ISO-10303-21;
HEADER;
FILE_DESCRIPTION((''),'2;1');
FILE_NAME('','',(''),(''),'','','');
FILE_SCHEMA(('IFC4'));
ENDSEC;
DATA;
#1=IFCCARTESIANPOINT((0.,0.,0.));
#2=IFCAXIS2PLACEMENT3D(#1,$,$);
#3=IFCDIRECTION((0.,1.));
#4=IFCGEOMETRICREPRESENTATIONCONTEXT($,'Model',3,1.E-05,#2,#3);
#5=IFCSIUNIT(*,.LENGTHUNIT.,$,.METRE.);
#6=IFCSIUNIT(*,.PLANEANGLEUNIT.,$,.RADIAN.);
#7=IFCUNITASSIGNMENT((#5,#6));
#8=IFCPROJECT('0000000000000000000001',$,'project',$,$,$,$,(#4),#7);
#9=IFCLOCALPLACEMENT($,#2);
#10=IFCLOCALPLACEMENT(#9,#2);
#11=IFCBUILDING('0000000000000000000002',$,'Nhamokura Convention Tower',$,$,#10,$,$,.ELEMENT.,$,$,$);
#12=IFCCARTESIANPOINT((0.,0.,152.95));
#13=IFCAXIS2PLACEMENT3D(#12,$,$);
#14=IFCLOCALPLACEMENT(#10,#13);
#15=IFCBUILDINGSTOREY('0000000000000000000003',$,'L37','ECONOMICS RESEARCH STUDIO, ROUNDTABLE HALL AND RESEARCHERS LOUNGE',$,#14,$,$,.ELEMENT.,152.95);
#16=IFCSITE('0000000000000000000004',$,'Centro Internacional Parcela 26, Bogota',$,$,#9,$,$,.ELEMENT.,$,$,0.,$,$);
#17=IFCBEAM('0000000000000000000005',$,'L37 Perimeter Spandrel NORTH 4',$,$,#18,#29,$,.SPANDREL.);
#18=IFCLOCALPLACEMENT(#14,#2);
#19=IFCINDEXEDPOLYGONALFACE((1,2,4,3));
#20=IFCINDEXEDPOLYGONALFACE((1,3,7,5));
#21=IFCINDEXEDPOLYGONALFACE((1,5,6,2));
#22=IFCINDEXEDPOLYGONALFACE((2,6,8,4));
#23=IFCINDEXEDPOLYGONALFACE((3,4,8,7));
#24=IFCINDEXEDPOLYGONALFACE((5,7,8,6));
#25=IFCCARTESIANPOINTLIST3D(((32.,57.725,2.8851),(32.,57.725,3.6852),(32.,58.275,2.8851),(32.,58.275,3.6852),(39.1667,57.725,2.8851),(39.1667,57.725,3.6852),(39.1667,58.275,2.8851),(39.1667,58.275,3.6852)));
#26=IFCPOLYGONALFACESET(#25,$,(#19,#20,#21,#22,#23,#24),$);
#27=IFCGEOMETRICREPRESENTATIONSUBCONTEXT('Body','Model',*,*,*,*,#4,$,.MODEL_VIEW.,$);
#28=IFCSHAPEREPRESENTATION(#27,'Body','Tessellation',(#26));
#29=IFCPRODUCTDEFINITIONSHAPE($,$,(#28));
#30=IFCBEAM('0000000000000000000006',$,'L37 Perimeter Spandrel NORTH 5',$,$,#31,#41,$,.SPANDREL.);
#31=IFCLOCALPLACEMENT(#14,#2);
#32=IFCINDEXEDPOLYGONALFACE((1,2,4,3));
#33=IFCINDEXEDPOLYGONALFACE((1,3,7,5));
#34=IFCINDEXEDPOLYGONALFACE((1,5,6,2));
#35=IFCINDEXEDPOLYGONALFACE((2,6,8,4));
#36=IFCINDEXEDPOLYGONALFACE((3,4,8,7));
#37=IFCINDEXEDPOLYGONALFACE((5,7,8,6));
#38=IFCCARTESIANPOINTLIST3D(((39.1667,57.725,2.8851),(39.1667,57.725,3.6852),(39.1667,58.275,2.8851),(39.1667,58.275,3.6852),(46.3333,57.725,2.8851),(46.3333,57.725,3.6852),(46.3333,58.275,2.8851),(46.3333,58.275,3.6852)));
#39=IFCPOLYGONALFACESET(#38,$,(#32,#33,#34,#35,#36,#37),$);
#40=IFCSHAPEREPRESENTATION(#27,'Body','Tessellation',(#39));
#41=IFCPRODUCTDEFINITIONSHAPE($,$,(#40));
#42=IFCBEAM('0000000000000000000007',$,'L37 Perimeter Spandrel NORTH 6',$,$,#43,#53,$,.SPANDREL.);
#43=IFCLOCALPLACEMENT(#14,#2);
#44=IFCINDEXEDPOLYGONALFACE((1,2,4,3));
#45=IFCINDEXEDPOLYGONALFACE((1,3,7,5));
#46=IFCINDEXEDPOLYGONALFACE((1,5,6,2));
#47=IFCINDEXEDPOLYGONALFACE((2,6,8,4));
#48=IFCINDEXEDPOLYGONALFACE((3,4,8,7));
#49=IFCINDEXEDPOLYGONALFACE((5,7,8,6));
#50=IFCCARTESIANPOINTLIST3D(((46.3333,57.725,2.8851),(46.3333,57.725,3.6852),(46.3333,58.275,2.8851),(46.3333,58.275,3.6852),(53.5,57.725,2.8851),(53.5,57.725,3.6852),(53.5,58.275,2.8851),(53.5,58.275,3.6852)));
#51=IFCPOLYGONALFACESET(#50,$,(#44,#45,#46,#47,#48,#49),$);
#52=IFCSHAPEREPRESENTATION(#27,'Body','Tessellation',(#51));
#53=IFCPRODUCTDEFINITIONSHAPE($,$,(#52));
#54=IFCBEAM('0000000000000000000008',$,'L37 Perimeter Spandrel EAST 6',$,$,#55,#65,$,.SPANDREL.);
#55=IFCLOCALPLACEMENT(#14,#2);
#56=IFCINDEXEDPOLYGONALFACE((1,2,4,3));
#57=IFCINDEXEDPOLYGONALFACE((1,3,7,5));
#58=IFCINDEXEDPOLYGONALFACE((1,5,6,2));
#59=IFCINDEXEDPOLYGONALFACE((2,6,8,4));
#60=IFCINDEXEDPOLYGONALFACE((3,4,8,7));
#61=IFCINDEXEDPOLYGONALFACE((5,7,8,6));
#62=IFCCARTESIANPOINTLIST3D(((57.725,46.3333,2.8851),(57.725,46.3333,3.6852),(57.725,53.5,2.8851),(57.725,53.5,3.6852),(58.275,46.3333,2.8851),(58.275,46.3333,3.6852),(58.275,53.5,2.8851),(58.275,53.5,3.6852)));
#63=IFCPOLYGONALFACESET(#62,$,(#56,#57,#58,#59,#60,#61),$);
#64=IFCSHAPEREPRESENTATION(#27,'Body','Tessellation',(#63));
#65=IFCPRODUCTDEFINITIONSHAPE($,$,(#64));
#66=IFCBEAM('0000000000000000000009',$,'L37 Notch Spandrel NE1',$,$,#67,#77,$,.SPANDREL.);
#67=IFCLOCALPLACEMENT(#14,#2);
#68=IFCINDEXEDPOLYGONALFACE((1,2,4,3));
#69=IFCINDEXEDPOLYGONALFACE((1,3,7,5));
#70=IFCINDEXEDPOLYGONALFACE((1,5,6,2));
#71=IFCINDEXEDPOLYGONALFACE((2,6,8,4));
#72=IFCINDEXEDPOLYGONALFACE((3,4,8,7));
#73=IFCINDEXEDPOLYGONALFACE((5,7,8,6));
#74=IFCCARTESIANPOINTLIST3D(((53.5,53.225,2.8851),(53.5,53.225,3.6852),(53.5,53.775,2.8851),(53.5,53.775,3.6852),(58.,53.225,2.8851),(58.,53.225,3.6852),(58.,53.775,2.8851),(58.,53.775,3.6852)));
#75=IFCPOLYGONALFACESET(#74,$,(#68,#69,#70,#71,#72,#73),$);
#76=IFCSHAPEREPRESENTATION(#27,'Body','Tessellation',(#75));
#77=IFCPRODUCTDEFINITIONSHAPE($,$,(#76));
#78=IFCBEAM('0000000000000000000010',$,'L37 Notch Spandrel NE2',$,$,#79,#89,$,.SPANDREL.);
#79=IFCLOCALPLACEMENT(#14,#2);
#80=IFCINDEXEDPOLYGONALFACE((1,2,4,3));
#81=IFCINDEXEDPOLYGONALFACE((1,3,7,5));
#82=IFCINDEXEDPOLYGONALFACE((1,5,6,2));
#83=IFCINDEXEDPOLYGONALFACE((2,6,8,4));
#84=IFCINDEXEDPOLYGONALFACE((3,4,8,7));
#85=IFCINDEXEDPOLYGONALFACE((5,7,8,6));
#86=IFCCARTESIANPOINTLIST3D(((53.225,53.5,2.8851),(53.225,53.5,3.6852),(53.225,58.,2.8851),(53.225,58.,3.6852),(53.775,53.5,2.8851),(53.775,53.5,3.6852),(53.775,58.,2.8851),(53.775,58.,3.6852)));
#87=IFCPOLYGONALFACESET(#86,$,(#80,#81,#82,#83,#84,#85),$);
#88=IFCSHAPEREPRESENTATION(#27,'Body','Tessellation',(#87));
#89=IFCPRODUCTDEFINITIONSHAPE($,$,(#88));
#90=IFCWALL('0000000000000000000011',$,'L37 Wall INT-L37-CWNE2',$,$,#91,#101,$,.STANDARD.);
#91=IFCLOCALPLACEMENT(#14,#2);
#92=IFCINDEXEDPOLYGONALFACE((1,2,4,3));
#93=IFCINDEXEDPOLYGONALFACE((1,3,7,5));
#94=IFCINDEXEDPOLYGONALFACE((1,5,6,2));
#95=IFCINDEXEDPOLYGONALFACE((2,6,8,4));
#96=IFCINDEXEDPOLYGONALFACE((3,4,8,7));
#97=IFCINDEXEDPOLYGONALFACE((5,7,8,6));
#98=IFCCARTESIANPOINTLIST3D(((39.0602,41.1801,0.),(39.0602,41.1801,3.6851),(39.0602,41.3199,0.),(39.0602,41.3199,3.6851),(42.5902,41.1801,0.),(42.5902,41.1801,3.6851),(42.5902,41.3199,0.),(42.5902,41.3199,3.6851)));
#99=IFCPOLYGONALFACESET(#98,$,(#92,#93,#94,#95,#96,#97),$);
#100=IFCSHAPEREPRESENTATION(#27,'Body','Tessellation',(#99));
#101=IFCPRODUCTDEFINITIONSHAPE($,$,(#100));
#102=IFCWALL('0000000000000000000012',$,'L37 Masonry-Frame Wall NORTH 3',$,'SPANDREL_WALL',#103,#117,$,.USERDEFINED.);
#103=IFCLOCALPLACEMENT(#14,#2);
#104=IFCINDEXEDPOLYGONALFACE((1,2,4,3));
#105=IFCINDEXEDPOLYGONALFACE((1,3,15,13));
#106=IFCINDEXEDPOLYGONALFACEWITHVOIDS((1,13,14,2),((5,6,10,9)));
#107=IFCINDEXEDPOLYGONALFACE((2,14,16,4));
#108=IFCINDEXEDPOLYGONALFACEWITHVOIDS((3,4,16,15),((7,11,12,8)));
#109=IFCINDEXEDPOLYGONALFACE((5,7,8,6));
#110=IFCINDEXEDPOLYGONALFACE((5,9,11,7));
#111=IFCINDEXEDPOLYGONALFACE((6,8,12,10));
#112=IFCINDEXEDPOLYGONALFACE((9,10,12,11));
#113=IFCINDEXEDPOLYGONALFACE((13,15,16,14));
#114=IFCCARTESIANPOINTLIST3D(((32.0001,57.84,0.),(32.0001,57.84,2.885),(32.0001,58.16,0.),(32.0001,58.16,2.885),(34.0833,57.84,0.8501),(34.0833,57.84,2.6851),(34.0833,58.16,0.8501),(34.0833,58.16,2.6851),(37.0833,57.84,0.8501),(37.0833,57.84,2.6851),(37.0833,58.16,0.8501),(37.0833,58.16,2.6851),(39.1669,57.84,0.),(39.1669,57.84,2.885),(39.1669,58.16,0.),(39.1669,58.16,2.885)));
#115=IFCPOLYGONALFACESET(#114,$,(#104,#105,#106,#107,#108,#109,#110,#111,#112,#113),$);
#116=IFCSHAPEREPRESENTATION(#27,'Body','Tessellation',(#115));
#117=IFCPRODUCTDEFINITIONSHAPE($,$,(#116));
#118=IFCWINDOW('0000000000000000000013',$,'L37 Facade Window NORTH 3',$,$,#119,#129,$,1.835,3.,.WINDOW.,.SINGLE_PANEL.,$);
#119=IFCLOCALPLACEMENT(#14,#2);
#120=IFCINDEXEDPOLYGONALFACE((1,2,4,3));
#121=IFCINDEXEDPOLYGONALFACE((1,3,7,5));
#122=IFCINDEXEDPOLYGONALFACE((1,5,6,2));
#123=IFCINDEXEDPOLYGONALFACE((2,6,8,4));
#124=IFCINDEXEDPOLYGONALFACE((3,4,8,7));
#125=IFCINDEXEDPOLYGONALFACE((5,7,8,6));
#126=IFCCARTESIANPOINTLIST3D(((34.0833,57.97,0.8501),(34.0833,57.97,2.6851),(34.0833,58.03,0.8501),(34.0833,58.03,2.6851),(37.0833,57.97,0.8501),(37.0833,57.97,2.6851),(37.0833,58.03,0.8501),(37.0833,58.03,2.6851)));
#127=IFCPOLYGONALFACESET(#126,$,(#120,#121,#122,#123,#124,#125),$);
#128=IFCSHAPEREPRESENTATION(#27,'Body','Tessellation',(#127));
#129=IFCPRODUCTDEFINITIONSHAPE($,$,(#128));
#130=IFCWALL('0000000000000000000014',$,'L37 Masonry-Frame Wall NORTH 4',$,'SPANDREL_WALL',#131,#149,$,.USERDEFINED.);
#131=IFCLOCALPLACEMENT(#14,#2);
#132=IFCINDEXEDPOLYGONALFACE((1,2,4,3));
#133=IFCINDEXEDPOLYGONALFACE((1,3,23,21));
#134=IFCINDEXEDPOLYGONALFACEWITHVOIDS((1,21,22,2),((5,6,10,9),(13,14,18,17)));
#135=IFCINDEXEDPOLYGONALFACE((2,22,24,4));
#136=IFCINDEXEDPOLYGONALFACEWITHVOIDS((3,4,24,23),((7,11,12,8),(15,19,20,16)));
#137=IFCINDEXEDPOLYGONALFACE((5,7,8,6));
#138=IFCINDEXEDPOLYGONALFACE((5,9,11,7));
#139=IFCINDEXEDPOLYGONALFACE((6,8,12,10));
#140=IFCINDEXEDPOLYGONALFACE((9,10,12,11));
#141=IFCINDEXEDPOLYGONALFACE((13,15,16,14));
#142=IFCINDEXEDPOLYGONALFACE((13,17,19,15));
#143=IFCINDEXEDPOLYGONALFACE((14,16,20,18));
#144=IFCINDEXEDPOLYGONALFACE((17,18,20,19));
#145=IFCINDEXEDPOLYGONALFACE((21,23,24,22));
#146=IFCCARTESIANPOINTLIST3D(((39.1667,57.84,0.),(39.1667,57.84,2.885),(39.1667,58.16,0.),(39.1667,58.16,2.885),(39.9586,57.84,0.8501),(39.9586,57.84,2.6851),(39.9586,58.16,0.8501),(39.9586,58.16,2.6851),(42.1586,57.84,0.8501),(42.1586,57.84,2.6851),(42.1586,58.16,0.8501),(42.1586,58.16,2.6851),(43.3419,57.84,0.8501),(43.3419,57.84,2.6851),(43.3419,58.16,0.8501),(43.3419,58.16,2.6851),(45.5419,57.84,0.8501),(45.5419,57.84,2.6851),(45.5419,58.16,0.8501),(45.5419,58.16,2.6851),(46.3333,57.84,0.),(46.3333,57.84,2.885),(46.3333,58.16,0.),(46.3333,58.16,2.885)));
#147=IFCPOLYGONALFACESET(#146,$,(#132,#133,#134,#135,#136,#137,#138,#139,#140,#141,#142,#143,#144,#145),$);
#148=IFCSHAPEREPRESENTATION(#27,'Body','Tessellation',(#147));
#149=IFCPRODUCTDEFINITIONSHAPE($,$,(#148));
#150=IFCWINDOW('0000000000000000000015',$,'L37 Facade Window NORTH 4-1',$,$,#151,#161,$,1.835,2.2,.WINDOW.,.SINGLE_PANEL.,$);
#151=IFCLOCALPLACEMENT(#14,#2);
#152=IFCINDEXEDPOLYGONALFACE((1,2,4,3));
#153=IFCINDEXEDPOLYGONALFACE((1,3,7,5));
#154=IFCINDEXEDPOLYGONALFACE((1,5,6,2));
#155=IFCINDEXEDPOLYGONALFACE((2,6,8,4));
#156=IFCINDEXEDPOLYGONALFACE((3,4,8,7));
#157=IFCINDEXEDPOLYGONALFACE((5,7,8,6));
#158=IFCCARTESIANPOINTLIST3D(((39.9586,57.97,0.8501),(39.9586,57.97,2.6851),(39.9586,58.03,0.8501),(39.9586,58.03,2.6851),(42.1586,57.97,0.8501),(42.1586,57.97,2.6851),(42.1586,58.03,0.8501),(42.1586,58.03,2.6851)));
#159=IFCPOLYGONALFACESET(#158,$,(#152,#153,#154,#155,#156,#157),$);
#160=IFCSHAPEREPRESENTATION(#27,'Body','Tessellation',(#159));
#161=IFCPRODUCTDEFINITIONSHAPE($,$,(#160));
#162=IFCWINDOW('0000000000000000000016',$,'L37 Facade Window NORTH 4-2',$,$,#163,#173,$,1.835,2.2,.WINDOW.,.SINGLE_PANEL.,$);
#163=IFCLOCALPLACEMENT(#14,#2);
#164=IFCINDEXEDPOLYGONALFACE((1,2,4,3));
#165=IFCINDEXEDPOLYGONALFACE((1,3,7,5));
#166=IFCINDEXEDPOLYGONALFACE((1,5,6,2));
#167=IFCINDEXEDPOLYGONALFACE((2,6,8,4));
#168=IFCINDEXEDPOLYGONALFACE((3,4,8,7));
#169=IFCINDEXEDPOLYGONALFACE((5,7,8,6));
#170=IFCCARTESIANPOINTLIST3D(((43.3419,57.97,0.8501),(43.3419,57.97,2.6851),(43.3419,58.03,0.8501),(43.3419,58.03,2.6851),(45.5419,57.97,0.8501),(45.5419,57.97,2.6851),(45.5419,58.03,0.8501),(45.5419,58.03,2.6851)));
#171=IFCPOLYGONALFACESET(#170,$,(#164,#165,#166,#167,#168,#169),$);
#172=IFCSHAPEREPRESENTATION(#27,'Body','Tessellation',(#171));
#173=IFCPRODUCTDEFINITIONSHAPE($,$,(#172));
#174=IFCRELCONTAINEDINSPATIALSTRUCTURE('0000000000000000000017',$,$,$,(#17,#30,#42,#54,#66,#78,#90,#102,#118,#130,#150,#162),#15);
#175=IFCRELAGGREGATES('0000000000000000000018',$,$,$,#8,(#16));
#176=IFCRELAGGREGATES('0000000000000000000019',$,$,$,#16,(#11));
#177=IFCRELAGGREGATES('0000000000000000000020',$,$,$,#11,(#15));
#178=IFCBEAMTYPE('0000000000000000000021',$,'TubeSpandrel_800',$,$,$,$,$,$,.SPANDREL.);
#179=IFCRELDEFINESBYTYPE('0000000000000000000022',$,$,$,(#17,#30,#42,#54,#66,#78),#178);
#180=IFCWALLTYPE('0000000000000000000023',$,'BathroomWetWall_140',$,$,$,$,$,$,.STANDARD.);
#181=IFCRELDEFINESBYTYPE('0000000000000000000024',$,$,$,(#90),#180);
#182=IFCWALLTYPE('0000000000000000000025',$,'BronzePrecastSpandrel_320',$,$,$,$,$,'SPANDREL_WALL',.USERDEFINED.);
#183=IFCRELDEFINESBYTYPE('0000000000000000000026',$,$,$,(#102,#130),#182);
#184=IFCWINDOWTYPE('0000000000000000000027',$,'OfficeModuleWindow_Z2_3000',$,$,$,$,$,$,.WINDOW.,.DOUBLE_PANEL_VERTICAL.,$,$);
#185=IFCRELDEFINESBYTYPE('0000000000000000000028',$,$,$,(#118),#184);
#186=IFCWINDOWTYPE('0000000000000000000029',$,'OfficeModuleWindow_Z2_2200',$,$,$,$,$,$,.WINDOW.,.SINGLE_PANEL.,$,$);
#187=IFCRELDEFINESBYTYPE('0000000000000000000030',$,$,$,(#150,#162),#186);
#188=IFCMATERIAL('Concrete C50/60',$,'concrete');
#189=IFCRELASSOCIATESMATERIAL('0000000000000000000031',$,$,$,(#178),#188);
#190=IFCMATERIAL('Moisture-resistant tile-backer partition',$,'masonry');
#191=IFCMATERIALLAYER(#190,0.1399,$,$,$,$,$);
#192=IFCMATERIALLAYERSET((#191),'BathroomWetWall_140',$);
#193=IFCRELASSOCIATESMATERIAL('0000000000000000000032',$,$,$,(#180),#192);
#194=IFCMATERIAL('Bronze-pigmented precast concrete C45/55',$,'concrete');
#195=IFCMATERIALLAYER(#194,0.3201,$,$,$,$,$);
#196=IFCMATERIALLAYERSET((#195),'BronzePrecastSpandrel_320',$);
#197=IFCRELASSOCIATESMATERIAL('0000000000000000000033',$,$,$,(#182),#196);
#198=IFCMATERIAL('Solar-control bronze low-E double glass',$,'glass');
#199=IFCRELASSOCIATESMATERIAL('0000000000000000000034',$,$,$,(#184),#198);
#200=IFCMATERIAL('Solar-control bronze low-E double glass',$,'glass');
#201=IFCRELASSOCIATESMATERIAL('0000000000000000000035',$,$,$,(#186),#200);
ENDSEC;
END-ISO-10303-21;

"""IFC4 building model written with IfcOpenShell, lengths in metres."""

from ifc_helpers import new_model, si_unit, direction, frame, frame_2d, origin, origin_2d, place, context, subcontext, project, spatial, rectangle, extrude, material, layer, layer_set, material_profile, profile_set, type_object, element, fill, save


model = new_model("IFC4")

# Units and contexts
model_context = context("Model", 3, precision=1e-05, world=origin(), true_north=direction((0.0, 1.0)))
body_context = subcontext(model_context, "Body", "Model", "MODEL_VIEW")
ifc_project = project(units=[si_unit("LENGTHUNIT", "METRE"), si_unit("PLANEANGLEUNIT", "RADIAN")], contexts=[model_context])

# Site, building, storey
site_placement = place(None, origin())
site = spatial("IfcSite", under=ifc_project, at=site_placement, Name="Centro Internacional Parcela 26, Bogota", CompositionType="ELEMENT", RefElevation=0.0)
building_placement = place(site_placement, origin())
building = spatial("IfcBuilding", under=site, at=building_placement, Name="Nhamokura Convention Tower", CompositionType="ELEMENT")
storey_placement = place(building_placement, frame((0.0, 0.0, 152.95)))
storey = spatial("IfcBuildingStorey", under=building, at=storey_placement, Name="L37", Description="ECONOMICS RESEARCH STUDIO, ROUNDTABLE HALL AND RESEARCHERS LOUNGE", CompositionType="ELEMENT", Elevation=152.95)

# Beams
ifc_material_1 = material(Name="Concrete C50/60", Category="concrete")
ifc_material_profile_1 = material_profile(ifc_material_1, rectangle(XDim=0.55, YDim=0.8, at=origin_2d()))
ifc_profile_set_1 = profile_set([ifc_material_profile_1], Name="Concrete C50/60")
beam_type_1 = type_object("IfcBeamType", Name="TubeSpandrel_800", PredefinedType="SPANDREL", material=ifc_profile_set_1)
beam_1_placement = place(storey_placement, frame((32.0, 58.0, 3.2852), z_axis=(1.0, 0.0, 0.0), x_axis=(0.0, 1.0, 0.0)))
element("IfcBeam", 1, at=beam_1_placement, inside=storey, type_object=beam_type_1, Name="L37 Perimeter Spandrel NORTH 4", PredefinedType="SPANDREL", context=body_context, shape_type="SweptSolid", body=[
    extrude(rectangle(XDim=0.55, YDim=0.8, at=origin_2d()), origin(), (0.0, 0.0, 1.0), 7.1667),
])
beam_2_placement = place(storey_placement, frame((39.1667, 58.0, 3.2852), z_axis=(1.0, 0.0, 0.0), x_axis=(0.0, 1.0, 0.0)))
element("IfcBeam", 2, at=beam_2_placement, inside=storey, type_object=beam_type_1, Name="L37 Perimeter Spandrel NORTH 5", PredefinedType="SPANDREL", context=body_context, shape_type="SweptSolid", body=[
    extrude(rectangle(XDim=0.55, YDim=0.8, at=origin_2d()), origin(), (0.0, 0.0, 1.0), 7.1665),
])
for number, where, z_axis, x_axis, name in (
    (3, (46.3333, 58.0, 3.2852), (1.0, 0.0, 0.0), (0.0, 1.0, 0.0), "L37 Perimeter Spandrel NORTH 6"),
    (4, (58.0, 46.3333, 3.2852), (0.0, 1.0, 0.0), (-1.0, 0.0, 0.0), "L37 Perimeter Spandrel EAST 6"),
):
    element("IfcBeam", number, at=place(storey_placement, frame(where, z_axis=z_axis, x_axis=x_axis)), inside=storey, type_object=beam_type_1, Name=name, PredefinedType="SPANDREL", context=body_context, shape_type="SweptSolid", body=[
        extrude(rectangle(XDim=0.55, YDim=0.8, at=origin_2d()), origin(), (0.0, 0.0, 1.0), 7.1667),
    ])
for number, where, z_axis, x_axis, name in (
    (5, (58.0, 53.5, 3.2852), (-1.0, 0.0, 0.0), (0.0, -1.0, 0.0), "L37 Notch Spandrel NE1"),
    (6, (53.5, 53.5, 3.2852), (0.0, 1.0, 0.0), (-1.0, 0.0, 0.0), "L37 Notch Spandrel NE2"),
):
    element("IfcBeam", number, at=place(storey_placement, frame(where, z_axis=z_axis, x_axis=x_axis)), inside=storey, type_object=beam_type_1, Name=name, PredefinedType="SPANDREL", context=body_context, shape_type="SweptSolid", body=[
        extrude(rectangle(XDim=0.55, YDim=0.8, at=origin_2d()), origin(), (0.0, 0.0, 1.0), 4.5),
    ])

# Wall
ifc_material_2 = material(Name="Moisture-resistant tile-backer partition", Category="masonry")
ifc_layer_1 = layer(ifc_material_2, 0.1399)
ifc_layer_set_1 = layer_set([ifc_layer_1], Name="BathroomWetWall_140")
wall_type_1 = type_object("IfcWallType", Name="BathroomWetWall_140", PredefinedType="STANDARD", material=ifc_layer_set_1)
wall_1_placement = place(storey_placement, frame((39.0601, 41.25, 0.0), z_axis=(0.0, 0.0, 1.0), x_axis=(1.0, 0.0, 0.0)))
element("IfcWall", 7, at=wall_1_placement, inside=storey, type_object=wall_type_1, Name="L37 Wall INT-L37-CWNE2", PredefinedType="STANDARD", context=body_context, shape_type="SweptSolid", body=[
    extrude(rectangle(XDim=3.53, YDim=0.1399, at=frame_2d((1.7651, 0.0))), origin(), (0.0, 0.0, 1.0), 3.6851),
])

# Wall, opening, window
ifc_material_3 = material(Name="Bronze-pigmented precast concrete C45/55", Category="concrete")
ifc_layer_2 = layer(ifc_material_3, 0.3201)
ifc_layer_set_2 = layer_set([ifc_layer_2], Name="BronzePrecastSpandrel_320")
wall_type_2 = type_object("IfcWallType", Name="BronzePrecastSpandrel_320", ElementType="SPANDREL_WALL", PredefinedType="USERDEFINED", material=ifc_layer_set_2)
wall_2_placement = place(storey_placement, frame((32.0, 58.0, 0.0), z_axis=(0.0, 0.0, 1.0), x_axis=(1.0, 0.0, 0.0)))
wall_2 = element("IfcWall", 8, at=wall_2_placement, inside=storey, type_object=wall_type_2, Name="L37 Masonry-Frame Wall NORTH 3", ObjectType="SPANDREL_WALL", PredefinedType="USERDEFINED", context=body_context, shape_type="SweptSolid", body=[
    extrude(rectangle(XDim=7.1667, YDim=0.3201, at=frame_2d((3.5835, 0.0))), origin(), (0.0, 0.0, 1.0), 2.885),
])
opening_1_placement = place(wall_2_placement, frame((2.0833, 0.0, 0.8501)))
opening_1 = element("IfcOpeningElement", 9, at=opening_1_placement, cuts=wall_2, PredefinedType="OPENING", context=body_context, shape_type="SweptSolid", body=[
    extrude(rectangle(XDim=3.0, YDim=1.835, at=frame_2d((1.5, 0.9175))), frame((0.0, 0.1699, 0.0), z_axis=(0.0, -1.0, 0.0), x_axis=(1.0, 0.0, 0.0)), (0.0, 0.0, 1.0), 0.3401),
])
ifc_material_4 = material(Name="Solar-control bronze low-E double glass", Category="glass")
window_type_1 = type_object("IfcWindowType", Name="OfficeModuleWindow_Z2_3000", PartitioningType="DOUBLE_PANEL_VERTICAL", PredefinedType="WINDOW", material=ifc_material_4)
window_1_placement = place(opening_1_placement, origin())
window_1 = element("IfcWindow", 10, at=window_1_placement, inside=storey, type_object=window_type_1, Name="L37 Facade Window NORTH 3", OverallHeight=1.835, OverallWidth=3.0, PartitioningType="SINGLE_PANEL", PredefinedType="WINDOW", context=body_context, shape_type="SweptSolid", body=[
    extrude(rectangle(XDim=3.0, YDim=1.835, at=frame_2d((1.5, 0.9175))), frame((0.0, 0.03, 0.0), z_axis=(0.0, -1.0, 0.0), x_axis=(1.0, 0.0, 0.0)), (0.0, 0.0, 1.0), 0.0601),
])
fill(opening_1, window_1)

# Wall, openings, windows
wall_3_placement = place(storey_placement, frame((39.1667, 58.0, 0.0), z_axis=(0.0, 0.0, 1.0), x_axis=(1.0, 0.0, 0.0)))
wall_3 = element("IfcWall", 11, at=wall_3_placement, inside=storey, type_object=wall_type_2, Name="L37 Masonry-Frame Wall NORTH 4", ObjectType="SPANDREL_WALL", PredefinedType="USERDEFINED", context=body_context, shape_type="SweptSolid", body=[
    extrude(rectangle(XDim=7.1665, YDim=0.3201, at=frame_2d((3.5833, 0.0))), origin(), (0.0, 0.0, 1.0), 2.885),
])
opening_2_placement = place(wall_3_placement, frame((0.7917, 0.0, 0.8501)))
opening_2 = element("IfcOpeningElement", 12, at=opening_2_placement, cuts=wall_3, PredefinedType="OPENING", context=body_context, shape_type="SweptSolid", body=[
    extrude(rectangle(XDim=2.2, YDim=1.835, at=frame_2d((1.1001, 0.9175))), frame((0.0, 0.1699, 0.0), z_axis=(0.0, -1.0, 0.0), x_axis=(1.0, 0.0, 0.0)), (0.0, 0.0, 1.0), 0.3401),
])
opening_3_placement = place(wall_3_placement, frame((4.175, 0.0, 0.8501)))
opening_3 = element("IfcOpeningElement", 13, at=opening_3_placement, cuts=wall_3, PredefinedType="OPENING", context=body_context, shape_type="SweptSolid", body=[
    extrude(rectangle(XDim=2.2, YDim=1.835, at=frame_2d((1.1001, 0.9175))), frame((0.0, 0.1699, 0.0), z_axis=(0.0, -1.0, 0.0), x_axis=(1.0, 0.0, 0.0)), (0.0, 0.0, 1.0), 0.3401),
])
ifc_material_5 = material(Name="Solar-control bronze low-E double glass", Category="glass")
window_type_2 = type_object("IfcWindowType", Name="OfficeModuleWindow_Z2_2200", PartitioningType="SINGLE_PANEL", PredefinedType="WINDOW", material=ifc_material_5)
window_2_placement = place(opening_2_placement, origin())
window_2 = element("IfcWindow", 14, at=window_2_placement, inside=storey, type_object=window_type_2, Name="L37 Facade Window NORTH 4-1", OverallHeight=1.835, OverallWidth=2.2, PartitioningType="SINGLE_PANEL", PredefinedType="WINDOW", context=body_context, shape_type="SweptSolid", body=[
    extrude(rectangle(XDim=2.2, YDim=1.835, at=frame_2d((1.1001, 0.9175))), frame((0.0, 0.03, 0.0), z_axis=(0.0, -1.0, 0.0), x_axis=(1.0, 0.0, 0.0)), (0.0, 0.0, 1.0), 0.0601),
])
fill(opening_2, window_2)
window_3_placement = place(opening_3_placement, origin())
window_3 = element("IfcWindow", 15, at=window_3_placement, inside=storey, type_object=window_type_2, Name="L37 Facade Window NORTH 4-2", OverallHeight=1.835, OverallWidth=2.2, PartitioningType="SINGLE_PANEL", PredefinedType="WINDOW", context=body_context, shape_type="SweptSolid", body=[
    extrude(rectangle(XDim=2.2, YDim=1.835, at=frame_2d((1.1001, 0.9175))), frame((0.0, 0.03, 0.0), z_axis=(0.0, -1.0, 0.0), x_axis=(1.0, 0.0, 0.0)), (0.0, 0.0, 1.0), 0.0601),
])
fill(opening_3, window_3)

save(model, "model.ifc")
